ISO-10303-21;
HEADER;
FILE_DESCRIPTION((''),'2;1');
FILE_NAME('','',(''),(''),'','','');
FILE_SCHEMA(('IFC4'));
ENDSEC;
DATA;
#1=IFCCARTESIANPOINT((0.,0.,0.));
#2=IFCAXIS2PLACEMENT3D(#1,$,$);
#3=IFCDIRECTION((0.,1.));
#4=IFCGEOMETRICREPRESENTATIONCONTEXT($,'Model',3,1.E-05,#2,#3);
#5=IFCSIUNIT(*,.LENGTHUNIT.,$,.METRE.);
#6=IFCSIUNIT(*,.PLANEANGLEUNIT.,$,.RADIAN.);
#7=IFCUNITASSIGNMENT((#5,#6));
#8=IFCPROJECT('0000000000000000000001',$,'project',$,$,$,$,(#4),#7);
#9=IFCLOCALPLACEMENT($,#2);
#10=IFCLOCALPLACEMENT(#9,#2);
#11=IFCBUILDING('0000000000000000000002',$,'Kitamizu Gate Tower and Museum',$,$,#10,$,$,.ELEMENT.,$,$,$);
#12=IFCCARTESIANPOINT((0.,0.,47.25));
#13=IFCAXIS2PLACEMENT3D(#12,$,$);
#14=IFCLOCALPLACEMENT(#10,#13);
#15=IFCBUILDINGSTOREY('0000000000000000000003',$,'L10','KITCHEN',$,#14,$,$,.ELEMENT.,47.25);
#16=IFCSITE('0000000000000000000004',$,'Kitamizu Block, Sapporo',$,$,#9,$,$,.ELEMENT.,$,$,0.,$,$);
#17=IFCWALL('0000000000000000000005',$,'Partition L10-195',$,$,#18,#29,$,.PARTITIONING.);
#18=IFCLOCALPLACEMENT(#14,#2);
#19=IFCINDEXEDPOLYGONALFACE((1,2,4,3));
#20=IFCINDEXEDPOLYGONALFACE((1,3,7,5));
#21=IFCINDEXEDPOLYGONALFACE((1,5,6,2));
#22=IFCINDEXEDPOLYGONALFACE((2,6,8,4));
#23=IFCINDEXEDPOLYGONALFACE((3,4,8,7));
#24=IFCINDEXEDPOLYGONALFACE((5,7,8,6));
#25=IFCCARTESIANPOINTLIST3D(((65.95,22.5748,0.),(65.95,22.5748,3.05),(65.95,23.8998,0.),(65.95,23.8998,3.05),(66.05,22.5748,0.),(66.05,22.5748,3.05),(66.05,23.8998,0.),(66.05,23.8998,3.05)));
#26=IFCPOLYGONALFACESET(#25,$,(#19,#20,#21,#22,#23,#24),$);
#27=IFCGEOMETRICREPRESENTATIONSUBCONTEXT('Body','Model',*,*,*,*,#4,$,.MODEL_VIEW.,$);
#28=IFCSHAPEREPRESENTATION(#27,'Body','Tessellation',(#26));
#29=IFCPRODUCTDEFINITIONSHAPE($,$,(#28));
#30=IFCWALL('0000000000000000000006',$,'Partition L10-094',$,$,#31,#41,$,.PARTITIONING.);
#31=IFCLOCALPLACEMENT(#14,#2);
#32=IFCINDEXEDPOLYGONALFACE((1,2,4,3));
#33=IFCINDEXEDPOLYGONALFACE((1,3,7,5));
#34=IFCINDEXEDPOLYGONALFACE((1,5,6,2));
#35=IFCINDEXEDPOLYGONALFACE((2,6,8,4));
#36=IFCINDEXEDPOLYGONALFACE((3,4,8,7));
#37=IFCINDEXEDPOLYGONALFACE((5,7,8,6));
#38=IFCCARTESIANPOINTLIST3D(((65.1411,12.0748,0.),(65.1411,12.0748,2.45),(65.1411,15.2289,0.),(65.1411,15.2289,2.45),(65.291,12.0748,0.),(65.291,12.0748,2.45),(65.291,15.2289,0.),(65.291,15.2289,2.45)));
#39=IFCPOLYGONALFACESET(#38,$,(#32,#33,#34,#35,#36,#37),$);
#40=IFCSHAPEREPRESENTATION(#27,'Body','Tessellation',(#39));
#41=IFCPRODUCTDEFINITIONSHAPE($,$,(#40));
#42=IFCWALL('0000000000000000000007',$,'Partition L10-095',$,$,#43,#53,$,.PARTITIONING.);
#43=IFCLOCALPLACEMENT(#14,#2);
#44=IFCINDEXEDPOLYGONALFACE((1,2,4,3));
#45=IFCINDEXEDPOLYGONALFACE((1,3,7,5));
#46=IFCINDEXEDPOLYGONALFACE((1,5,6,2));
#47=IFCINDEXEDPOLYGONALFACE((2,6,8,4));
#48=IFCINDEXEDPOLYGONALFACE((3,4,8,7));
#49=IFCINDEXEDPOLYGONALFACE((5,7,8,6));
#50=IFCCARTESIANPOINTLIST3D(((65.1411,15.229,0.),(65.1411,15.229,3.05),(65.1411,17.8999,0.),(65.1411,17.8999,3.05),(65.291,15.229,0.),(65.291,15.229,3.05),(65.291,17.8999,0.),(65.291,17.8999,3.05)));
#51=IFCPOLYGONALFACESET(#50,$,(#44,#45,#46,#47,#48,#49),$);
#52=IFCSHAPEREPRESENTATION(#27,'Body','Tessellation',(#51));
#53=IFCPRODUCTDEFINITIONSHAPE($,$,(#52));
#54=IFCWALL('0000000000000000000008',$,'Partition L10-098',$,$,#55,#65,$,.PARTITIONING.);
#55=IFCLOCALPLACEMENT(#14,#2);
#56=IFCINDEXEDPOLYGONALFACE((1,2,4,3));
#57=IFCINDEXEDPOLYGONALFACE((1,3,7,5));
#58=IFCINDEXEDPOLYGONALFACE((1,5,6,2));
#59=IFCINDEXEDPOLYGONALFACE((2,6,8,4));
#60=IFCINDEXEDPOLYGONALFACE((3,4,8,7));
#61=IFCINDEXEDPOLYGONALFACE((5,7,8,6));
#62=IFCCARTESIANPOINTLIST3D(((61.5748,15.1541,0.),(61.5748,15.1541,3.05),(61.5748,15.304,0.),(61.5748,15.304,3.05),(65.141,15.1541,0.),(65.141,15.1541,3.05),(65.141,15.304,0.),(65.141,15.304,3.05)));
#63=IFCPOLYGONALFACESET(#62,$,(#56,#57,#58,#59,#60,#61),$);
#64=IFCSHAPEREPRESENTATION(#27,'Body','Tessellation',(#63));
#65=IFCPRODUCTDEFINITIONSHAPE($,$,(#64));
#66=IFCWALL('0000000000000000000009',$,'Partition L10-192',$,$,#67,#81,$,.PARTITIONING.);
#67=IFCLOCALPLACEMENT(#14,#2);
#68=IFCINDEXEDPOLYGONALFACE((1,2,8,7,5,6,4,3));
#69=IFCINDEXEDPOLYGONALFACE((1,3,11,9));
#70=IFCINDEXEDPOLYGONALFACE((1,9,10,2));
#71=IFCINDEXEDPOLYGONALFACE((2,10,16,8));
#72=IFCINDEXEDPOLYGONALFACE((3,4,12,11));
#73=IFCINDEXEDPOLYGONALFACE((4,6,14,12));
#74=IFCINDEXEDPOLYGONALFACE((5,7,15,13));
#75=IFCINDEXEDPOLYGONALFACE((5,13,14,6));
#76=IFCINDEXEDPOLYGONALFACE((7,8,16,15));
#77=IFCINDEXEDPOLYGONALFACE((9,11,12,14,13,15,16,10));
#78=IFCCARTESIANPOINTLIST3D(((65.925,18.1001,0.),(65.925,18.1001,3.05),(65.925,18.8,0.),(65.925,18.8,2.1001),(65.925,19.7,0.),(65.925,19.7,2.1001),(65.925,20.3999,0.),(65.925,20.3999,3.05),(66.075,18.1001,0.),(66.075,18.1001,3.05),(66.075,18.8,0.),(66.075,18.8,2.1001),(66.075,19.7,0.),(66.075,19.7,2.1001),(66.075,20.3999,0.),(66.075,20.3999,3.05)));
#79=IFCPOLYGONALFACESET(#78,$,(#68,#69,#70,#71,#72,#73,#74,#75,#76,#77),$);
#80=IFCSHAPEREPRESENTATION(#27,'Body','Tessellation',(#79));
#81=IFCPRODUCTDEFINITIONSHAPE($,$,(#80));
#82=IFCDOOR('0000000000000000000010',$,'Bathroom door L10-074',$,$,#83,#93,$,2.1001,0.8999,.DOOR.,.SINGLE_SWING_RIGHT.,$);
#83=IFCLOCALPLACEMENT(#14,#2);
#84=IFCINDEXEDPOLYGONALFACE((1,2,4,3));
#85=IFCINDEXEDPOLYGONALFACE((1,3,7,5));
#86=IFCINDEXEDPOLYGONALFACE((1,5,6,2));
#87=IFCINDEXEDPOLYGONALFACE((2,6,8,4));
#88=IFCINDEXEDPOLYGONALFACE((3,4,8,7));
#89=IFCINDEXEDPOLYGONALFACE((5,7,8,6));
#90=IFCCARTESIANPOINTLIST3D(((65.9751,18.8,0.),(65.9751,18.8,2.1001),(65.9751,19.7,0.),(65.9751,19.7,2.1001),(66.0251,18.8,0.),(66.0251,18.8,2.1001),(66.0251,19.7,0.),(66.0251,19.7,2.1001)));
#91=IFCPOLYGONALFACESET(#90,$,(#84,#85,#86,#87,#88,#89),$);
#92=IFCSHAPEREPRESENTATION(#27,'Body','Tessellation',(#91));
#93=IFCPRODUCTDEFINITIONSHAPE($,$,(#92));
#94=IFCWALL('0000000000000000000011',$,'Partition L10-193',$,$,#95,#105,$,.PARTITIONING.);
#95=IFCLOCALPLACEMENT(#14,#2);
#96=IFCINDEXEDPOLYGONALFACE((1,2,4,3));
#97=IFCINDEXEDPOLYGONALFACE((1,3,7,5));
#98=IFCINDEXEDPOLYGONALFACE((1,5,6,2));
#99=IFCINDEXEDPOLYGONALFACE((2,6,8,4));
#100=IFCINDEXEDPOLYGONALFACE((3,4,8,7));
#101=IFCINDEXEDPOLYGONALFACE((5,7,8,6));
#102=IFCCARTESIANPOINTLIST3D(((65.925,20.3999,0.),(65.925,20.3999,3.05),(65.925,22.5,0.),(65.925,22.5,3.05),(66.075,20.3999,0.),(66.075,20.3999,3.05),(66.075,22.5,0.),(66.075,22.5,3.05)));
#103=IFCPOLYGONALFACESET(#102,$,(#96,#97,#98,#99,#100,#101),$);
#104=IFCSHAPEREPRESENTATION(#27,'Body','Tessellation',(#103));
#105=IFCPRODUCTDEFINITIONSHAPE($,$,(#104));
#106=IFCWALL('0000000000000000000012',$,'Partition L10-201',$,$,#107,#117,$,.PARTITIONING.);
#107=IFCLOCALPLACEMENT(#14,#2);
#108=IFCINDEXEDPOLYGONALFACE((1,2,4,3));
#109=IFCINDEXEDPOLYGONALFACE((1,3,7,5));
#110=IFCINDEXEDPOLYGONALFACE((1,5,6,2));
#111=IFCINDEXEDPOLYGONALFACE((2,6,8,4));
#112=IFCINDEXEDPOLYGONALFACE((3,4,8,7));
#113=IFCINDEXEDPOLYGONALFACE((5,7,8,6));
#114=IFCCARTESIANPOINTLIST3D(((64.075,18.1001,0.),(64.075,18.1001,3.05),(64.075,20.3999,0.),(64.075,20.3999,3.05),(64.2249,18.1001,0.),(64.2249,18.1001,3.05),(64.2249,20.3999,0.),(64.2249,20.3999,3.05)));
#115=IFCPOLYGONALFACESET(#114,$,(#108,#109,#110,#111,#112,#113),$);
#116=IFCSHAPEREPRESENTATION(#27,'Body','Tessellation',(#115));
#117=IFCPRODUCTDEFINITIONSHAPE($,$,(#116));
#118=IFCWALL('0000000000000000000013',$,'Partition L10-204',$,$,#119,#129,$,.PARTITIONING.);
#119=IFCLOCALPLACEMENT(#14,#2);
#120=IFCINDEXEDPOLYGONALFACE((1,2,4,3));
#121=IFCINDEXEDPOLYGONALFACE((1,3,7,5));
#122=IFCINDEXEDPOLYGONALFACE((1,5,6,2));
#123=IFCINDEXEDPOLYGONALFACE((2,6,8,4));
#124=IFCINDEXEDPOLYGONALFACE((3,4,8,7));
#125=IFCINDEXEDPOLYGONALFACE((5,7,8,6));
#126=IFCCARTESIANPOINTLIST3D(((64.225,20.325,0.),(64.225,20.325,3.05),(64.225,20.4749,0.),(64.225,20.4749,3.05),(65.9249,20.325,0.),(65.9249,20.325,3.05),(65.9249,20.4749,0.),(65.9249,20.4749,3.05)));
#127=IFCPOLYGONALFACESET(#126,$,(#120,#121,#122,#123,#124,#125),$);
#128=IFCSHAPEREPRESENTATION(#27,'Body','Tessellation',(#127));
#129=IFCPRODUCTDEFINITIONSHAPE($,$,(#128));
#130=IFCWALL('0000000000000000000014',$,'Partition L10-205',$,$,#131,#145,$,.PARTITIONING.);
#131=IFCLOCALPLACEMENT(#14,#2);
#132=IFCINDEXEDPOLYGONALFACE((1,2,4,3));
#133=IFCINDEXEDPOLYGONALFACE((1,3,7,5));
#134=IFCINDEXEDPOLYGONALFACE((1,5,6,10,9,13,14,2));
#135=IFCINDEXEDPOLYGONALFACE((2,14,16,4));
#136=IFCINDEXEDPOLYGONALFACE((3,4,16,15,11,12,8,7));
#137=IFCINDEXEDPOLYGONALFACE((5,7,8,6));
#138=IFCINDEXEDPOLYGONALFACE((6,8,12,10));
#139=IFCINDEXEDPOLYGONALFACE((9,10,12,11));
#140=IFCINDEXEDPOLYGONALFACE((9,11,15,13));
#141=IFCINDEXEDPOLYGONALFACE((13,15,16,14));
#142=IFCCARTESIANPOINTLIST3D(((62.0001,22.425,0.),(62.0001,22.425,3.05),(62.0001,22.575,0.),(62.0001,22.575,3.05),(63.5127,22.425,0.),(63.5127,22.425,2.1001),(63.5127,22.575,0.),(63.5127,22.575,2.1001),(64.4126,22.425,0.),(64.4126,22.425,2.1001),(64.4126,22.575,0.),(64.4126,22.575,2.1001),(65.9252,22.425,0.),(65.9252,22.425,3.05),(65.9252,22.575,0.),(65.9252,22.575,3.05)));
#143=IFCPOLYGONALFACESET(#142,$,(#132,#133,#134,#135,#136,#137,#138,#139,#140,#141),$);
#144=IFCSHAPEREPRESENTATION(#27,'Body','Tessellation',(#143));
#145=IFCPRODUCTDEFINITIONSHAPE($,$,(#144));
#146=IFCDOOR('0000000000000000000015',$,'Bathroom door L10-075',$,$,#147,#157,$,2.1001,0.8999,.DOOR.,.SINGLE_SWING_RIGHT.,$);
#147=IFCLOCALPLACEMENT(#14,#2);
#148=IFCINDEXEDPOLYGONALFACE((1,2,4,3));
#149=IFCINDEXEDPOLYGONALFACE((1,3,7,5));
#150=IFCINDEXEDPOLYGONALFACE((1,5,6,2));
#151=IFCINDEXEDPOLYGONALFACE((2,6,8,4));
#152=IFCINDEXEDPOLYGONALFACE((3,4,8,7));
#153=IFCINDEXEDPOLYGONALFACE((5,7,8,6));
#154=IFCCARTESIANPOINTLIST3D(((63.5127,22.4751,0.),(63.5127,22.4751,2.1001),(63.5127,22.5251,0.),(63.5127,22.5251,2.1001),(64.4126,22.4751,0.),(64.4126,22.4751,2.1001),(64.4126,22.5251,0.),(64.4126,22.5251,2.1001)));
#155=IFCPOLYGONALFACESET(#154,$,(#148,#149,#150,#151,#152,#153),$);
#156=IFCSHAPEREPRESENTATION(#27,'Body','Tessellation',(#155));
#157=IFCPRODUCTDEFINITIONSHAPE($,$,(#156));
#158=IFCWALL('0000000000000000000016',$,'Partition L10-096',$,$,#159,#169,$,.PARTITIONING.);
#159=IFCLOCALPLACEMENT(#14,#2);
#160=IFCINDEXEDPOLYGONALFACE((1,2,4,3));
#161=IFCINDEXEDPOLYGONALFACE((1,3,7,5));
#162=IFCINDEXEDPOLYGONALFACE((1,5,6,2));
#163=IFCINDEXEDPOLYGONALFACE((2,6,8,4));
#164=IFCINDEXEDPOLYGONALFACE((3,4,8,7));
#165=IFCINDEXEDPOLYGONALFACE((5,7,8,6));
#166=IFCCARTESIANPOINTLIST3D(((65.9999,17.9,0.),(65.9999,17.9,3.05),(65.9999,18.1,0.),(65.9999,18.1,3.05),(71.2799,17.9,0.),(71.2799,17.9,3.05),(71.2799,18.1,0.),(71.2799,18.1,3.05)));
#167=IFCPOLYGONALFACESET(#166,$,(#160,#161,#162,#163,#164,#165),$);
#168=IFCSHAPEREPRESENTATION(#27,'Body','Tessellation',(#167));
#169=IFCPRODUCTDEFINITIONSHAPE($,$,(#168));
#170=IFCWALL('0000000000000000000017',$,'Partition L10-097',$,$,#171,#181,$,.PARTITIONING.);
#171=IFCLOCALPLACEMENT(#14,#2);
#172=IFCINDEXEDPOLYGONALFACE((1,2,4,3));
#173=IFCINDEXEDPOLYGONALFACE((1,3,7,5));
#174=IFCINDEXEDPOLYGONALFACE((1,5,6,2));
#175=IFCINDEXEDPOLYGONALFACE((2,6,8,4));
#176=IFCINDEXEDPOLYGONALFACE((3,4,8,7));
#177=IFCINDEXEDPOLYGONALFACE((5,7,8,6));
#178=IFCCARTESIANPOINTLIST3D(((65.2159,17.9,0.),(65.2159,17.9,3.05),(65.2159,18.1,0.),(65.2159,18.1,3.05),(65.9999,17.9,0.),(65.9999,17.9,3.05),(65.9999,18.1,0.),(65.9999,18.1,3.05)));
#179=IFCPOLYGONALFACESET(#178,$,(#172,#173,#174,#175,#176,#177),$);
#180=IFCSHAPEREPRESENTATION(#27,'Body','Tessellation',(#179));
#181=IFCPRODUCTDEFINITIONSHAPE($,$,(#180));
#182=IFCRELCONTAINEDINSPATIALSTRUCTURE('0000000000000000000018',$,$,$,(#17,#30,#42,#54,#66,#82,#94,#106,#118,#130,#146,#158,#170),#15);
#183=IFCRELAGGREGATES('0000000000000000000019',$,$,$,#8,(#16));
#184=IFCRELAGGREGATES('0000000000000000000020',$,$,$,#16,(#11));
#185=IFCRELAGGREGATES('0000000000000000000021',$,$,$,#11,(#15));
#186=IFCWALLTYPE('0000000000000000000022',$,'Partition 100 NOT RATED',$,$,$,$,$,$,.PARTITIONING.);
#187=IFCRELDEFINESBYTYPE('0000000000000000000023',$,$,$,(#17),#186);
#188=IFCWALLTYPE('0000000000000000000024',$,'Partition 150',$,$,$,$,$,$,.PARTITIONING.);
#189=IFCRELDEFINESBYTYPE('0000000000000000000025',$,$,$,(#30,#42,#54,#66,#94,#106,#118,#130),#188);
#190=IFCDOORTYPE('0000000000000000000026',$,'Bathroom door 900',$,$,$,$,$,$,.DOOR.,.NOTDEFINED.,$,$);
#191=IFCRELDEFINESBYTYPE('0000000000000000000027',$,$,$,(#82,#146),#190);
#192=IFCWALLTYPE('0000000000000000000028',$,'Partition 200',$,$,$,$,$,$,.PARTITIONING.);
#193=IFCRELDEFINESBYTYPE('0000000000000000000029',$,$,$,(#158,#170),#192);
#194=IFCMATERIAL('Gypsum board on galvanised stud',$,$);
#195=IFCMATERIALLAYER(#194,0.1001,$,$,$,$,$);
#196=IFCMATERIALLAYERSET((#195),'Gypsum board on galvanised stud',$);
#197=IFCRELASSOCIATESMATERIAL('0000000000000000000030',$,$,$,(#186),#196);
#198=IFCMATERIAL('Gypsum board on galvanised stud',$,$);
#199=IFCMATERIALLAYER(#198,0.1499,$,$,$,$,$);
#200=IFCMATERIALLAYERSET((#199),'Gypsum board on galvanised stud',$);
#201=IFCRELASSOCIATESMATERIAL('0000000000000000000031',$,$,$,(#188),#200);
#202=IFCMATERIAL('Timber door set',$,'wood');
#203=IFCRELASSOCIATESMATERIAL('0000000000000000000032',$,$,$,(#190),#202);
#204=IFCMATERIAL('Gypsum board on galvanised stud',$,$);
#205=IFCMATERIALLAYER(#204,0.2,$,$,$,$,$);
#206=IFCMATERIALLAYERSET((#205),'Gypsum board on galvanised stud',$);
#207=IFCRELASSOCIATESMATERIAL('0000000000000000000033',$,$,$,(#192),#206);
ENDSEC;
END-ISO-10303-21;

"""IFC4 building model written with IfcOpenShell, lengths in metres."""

from ifc_helpers import new_model, si_unit, direction, frame, frame_2d, origin, place, context, subcontext, project, spatial, rectangle, extrude, material, layer, layer_set, type_object, element, fill, save


model = new_model("IFC4")

# Units and contexts
model_context = context("Model", 3, precision=1e-05, world=origin(), true_north=direction((0.0, 1.0)))
body_context = subcontext(model_context, "Body", "Model", "MODEL_VIEW")
ifc_project = project(units=[si_unit("LENGTHUNIT", "METRE"), si_unit("PLANEANGLEUNIT", "RADIAN")], contexts=[model_context])

# Site, building, storey
site_placement = place(None, origin())
site = spatial("IfcSite", under=ifc_project, at=site_placement, Name="Kitamizu Block, Sapporo", CompositionType="ELEMENT", RefElevation=0.0)
building_placement = place(site_placement, origin())
building = spatial("IfcBuilding", under=site, at=building_placement, Name="Kitamizu Gate Tower and Museum", CompositionType="ELEMENT")
storey_placement = place(building_placement, frame((0.0, 0.0, 47.25)))
storey = spatial("IfcBuildingStorey", under=building, at=storey_placement, Name="L10", Description="KITCHEN", CompositionType="ELEMENT", Elevation=47.25)

# Walls
ifc_material_1 = material(Name="Gypsum board on galvanised stud")
ifc_layer_1 = layer(ifc_material_1, 0.1001)
ifc_layer_set_1 = layer_set([ifc_layer_1], Name="Gypsum board on galvanised stud")
wall_type_1 = type_object("IfcWallType", Name="Partition 100 NOT RATED", PredefinedType="PARTITIONING", material=ifc_layer_set_1)
wall_1_placement = place(storey_placement, frame((66.0, 23.8999, 0.0), z_axis=(0.0, 0.0, 1.0), x_axis=(0.0, -1.0, 0.0)))
element("IfcWall", 1, at=wall_1_placement, inside=storey, type_object=wall_type_1, Name="Partition L10-195", PredefinedType="PARTITIONING", context=body_context, shape_type="SweptSolid", body=[
    extrude(rectangle(XDim=1.325, YDim=0.1001, at=frame_2d((0.6626, 0.0))), origin(), (0.0, 0.0, 1.0), 3.05),
])
ifc_material_2 = material(Name="Gypsum board on galvanised stud")
ifc_layer_2 = layer(ifc_material_2, 0.1499)
ifc_layer_set_2 = layer_set([ifc_layer_2], Name="Gypsum board on galvanised stud")
wall_type_2 = type_object("IfcWallType", Name="Partition 150", PredefinedType="PARTITIONING", material=ifc_layer_set_2)
wall_2_placement = place(storey_placement, frame((65.2161, 15.229, 0.0), z_axis=(0.0, 0.0, 1.0), x_axis=(0.0, -1.0, 0.0)))
element("IfcWall", 2, at=wall_2_placement, inside=storey, type_object=wall_type_2, Name="Partition L10-094", PredefinedType="PARTITIONING", context=body_context, shape_type="SweptSolid", body=[
    extrude(rectangle(XDim=3.1541, YDim=0.1499, at=frame_2d((1.5771, 0.0))), origin(), (0.0, 0.0, 1.0), 2.45),
])
wall_3_placement = place(storey_placement, frame((65.2161, 17.8999, 0.0), z_axis=(0.0, 0.0, 1.0), x_axis=(0.0, -1.0, 0.0)))
element("IfcWall", 3, at=wall_3_placement, inside=storey, type_object=wall_type_2, Name="Partition L10-095", PredefinedType="PARTITIONING", context=body_context, shape_type="SweptSolid", body=[
    extrude(rectangle(XDim=2.6709, YDim=0.1499, at=frame_2d((1.3354, 0.0))), origin(), (0.0, 0.0, 1.0), 3.05),
])
wall_4_placement = place(storey_placement, frame((65.1411, 15.229, 0.0), z_axis=(0.0, 0.0, 1.0), x_axis=(-1.0, 0.0, 0.0)))
element("IfcWall", 4, at=wall_4_placement, inside=storey, type_object=wall_type_2, Name="Partition L10-098", PredefinedType="PARTITIONING", context=body_context, shape_type="SweptSolid", body=[
    extrude(rectangle(XDim=3.5662, YDim=0.1499, at=frame_2d((1.7832, 0.0))), origin(), (0.0, 0.0, 1.0), 3.05),
])

# Wall, opening, door
wall_5_placement = place(storey_placement, frame((66.0, 20.3999, 0.0), z_axis=(0.0, 0.0, 1.0), x_axis=(0.0, -1.0, 0.0)))
wall_5 = element("IfcWall", 5, at=wall_5_placement, inside=storey, type_object=wall_type_2, Name="Partition L10-192", PredefinedType="PARTITIONING", context=body_context, shape_type="SweptSolid", body=[
    extrude(rectangle(XDim=2.2998, YDim=0.1499, at=frame_2d((1.1499, 0.0))), origin(), (0.0, 0.0, 1.0), 3.05),
])
opening_1_placement = place(wall_5_placement, frame((0.7, 0.0, 0.0)))
opening_1 = element("IfcOpeningElement", 6, at=opening_1_placement, cuts=wall_5, PredefinedType="OPENING", context=body_context, shape_type="SweptSolid", body=[
    extrude(rectangle(XDim=0.8999, YDim=2.1001, at=frame_2d((0.45, 1.05))), frame((0.0, 0.085, 0.0), z_axis=(0.0, -1.0, 0.0), x_axis=(1.0, 0.0, 0.0)), (0.0, 0.0, 1.0), 0.1699),
])
ifc_material_3 = material(Name="Timber door set", Category="wood")
door_type = type_object("IfcDoorType", Name="Bathroom door 900", OperationType="NOTDEFINED", PredefinedType="DOOR", material=ifc_material_3)
door_1_placement = place(opening_1_placement, frame((0.8999, 0.0, 0.0), x_axis=(-1.0, 0.0, 0.0)))
door_1 = element("IfcDoor", 7, at=door_1_placement, inside=storey, type_object=door_type, Name="Bathroom door L10-074", OperationType="SINGLE_SWING_RIGHT", OverallHeight=2.1001, OverallWidth=0.8999, PredefinedType="DOOR", context=body_context, shape_type="SweptSolid", body=[
    extrude(rectangle(XDim=0.8999, YDim=2.1001, at=frame_2d((0.45, 1.05))), frame((0.0, 0.0249, 0.0), z_axis=(0.0, -1.0, 0.0), x_axis=(1.0, 0.0, 0.0)), (0.0, 0.0, 1.0), 0.05),
])
fill(opening_1, door_1)

# Walls
wall_6_placement = place(storey_placement, frame((66.0, 22.5, 0.0), z_axis=(0.0, 0.0, 1.0), x_axis=(0.0, -1.0, 0.0)))
element("IfcWall", 8, at=wall_6_placement, inside=storey, type_object=wall_type_2, Name="Partition L10-193", PredefinedType="PARTITIONING", context=body_context, shape_type="SweptSolid", body=[
    extrude(rectangle(XDim=2.1001, YDim=0.1499, at=frame_2d((1.05, 0.0))), origin(), (0.0, 0.0, 1.0), 3.05),
])
wall_7_placement = place(storey_placement, frame((64.1499, 18.1001, 0.0), z_axis=(0.0, 0.0, 1.0), x_axis=(0.0, 1.0, 0.0)))
element("IfcWall", 9, at=wall_7_placement, inside=storey, type_object=wall_type_2, Name="Partition L10-201", PredefinedType="PARTITIONING", context=body_context, shape_type="SweptSolid", body=[
    extrude(rectangle(XDim=2.2998, YDim=0.1499, at=frame_2d((1.1499, 0.0))), origin(), (0.0, 0.0, 1.0), 3.05),
])
wall_8_placement = place(storey_placement, frame((65.925, 20.3999, 0.0), z_axis=(0.0, 0.0, 1.0), x_axis=(-1.0, 0.0, 0.0)))
element("IfcWall", 10, at=wall_8_placement, inside=storey, type_object=wall_type_2, Name="Partition L10-204", PredefinedType="PARTITIONING", context=body_context, shape_type="SweptSolid", body=[
    extrude(rectangle(XDim=1.7, YDim=0.1499, at=frame_2d((0.8501, 0.0))), origin(), (0.0, 0.0, 1.0), 3.05),
])

# Wall, opening, door
wall_9_placement = place(storey_placement, frame((65.925, 22.5, 0.0), z_axis=(0.0, 0.0, 1.0), x_axis=(-1.0, 0.0, 0.0)))
wall_9 = element("IfcWall", 11, at=wall_9_placement, inside=storey, type_object=wall_type_2, Name="Partition L10-205", PredefinedType="PARTITIONING", context=body_context, shape_type="SweptSolid", body=[
    extrude(rectangle(XDim=3.925, YDim=0.1499, at=frame_2d((1.9624, 0.0))), origin(), (0.0, 0.0, 1.0), 3.05),
])
opening_2_placement = place(wall_9_placement, frame((1.5125, 0.0, 0.0)))
opening_2 = element("IfcOpeningElement", 12, at=opening_2_placement, cuts=wall_9, PredefinedType="OPENING", context=body_context, shape_type="SweptSolid", body=[
    extrude(rectangle(XDim=0.8999, YDim=2.1001, at=frame_2d((0.45, 1.05))), frame((0.0, 0.085, 0.0), z_axis=(0.0, -1.0, 0.0), x_axis=(1.0, 0.0, 0.0)), (0.0, 0.0, 1.0), 0.1699),
])
door_2_placement = place(opening_2_placement, origin())
door_2 = element("IfcDoor", 13, at=door_2_placement, inside=storey, type_object=door_type, Name="Bathroom door L10-075", OperationType="SINGLE_SWING_RIGHT", OverallHeight=2.1001, OverallWidth=0.8999, PredefinedType="DOOR", context=body_context, shape_type="SweptSolid", body=[
    extrude(rectangle(XDim=0.8999, YDim=2.1001, at=frame_2d((0.45, 1.05))), frame((0.0, 0.0249, 0.0), z_axis=(0.0, -1.0, 0.0), x_axis=(1.0, 0.0, 0.0)), (0.0, 0.0, 1.0), 0.05),
])
fill(opening_2, door_2)

# Walls
ifc_material_4 = material(Name="Gypsum board on galvanised stud")
ifc_layer_3 = layer(ifc_material_4, 0.2)
ifc_layer_set_3 = layer_set([ifc_layer_3], Name="Gypsum board on galvanised stud")
wall_type_3 = type_object("IfcWallType", Name="Partition 200", PredefinedType="PARTITIONING", material=ifc_layer_set_3)
wall_10_placement = place(storey_placement, frame((71.28, 18.0, 0.0), z_axis=(0.0, 0.0, 1.0), x_axis=(-1.0, 0.0, 0.0)))
element("IfcWall", 14, at=wall_10_placement, inside=storey, type_object=wall_type_3, Name="Partition L10-096", PredefinedType="PARTITIONING", context=body_context, shape_type="SweptSolid", body=[
    extrude(rectangle(XDim=5.28, YDim=0.2, at=frame_2d((2.6401, 0.0))), origin(), (0.0, 0.0, 1.0), 3.05),
])
wall_11_placement = place(storey_placement, frame((66.0, 18.0, 0.0), z_axis=(0.0, 0.0, 1.0), x_axis=(-1.0, 0.0, 0.0)))
element("IfcWall", 15, at=wall_11_placement, inside=storey, type_object=wall_type_3, Name="Partition L10-097", PredefinedType="PARTITIONING", context=body_context, shape_type="SweptSolid", body=[
    extrude(rectangle(XDim=0.7839, YDim=0.2, at=frame_2d((0.3921, 0.0))), origin(), (0.0, 0.0, 1.0), 3.05),
])

save(model, "model.ifc")
